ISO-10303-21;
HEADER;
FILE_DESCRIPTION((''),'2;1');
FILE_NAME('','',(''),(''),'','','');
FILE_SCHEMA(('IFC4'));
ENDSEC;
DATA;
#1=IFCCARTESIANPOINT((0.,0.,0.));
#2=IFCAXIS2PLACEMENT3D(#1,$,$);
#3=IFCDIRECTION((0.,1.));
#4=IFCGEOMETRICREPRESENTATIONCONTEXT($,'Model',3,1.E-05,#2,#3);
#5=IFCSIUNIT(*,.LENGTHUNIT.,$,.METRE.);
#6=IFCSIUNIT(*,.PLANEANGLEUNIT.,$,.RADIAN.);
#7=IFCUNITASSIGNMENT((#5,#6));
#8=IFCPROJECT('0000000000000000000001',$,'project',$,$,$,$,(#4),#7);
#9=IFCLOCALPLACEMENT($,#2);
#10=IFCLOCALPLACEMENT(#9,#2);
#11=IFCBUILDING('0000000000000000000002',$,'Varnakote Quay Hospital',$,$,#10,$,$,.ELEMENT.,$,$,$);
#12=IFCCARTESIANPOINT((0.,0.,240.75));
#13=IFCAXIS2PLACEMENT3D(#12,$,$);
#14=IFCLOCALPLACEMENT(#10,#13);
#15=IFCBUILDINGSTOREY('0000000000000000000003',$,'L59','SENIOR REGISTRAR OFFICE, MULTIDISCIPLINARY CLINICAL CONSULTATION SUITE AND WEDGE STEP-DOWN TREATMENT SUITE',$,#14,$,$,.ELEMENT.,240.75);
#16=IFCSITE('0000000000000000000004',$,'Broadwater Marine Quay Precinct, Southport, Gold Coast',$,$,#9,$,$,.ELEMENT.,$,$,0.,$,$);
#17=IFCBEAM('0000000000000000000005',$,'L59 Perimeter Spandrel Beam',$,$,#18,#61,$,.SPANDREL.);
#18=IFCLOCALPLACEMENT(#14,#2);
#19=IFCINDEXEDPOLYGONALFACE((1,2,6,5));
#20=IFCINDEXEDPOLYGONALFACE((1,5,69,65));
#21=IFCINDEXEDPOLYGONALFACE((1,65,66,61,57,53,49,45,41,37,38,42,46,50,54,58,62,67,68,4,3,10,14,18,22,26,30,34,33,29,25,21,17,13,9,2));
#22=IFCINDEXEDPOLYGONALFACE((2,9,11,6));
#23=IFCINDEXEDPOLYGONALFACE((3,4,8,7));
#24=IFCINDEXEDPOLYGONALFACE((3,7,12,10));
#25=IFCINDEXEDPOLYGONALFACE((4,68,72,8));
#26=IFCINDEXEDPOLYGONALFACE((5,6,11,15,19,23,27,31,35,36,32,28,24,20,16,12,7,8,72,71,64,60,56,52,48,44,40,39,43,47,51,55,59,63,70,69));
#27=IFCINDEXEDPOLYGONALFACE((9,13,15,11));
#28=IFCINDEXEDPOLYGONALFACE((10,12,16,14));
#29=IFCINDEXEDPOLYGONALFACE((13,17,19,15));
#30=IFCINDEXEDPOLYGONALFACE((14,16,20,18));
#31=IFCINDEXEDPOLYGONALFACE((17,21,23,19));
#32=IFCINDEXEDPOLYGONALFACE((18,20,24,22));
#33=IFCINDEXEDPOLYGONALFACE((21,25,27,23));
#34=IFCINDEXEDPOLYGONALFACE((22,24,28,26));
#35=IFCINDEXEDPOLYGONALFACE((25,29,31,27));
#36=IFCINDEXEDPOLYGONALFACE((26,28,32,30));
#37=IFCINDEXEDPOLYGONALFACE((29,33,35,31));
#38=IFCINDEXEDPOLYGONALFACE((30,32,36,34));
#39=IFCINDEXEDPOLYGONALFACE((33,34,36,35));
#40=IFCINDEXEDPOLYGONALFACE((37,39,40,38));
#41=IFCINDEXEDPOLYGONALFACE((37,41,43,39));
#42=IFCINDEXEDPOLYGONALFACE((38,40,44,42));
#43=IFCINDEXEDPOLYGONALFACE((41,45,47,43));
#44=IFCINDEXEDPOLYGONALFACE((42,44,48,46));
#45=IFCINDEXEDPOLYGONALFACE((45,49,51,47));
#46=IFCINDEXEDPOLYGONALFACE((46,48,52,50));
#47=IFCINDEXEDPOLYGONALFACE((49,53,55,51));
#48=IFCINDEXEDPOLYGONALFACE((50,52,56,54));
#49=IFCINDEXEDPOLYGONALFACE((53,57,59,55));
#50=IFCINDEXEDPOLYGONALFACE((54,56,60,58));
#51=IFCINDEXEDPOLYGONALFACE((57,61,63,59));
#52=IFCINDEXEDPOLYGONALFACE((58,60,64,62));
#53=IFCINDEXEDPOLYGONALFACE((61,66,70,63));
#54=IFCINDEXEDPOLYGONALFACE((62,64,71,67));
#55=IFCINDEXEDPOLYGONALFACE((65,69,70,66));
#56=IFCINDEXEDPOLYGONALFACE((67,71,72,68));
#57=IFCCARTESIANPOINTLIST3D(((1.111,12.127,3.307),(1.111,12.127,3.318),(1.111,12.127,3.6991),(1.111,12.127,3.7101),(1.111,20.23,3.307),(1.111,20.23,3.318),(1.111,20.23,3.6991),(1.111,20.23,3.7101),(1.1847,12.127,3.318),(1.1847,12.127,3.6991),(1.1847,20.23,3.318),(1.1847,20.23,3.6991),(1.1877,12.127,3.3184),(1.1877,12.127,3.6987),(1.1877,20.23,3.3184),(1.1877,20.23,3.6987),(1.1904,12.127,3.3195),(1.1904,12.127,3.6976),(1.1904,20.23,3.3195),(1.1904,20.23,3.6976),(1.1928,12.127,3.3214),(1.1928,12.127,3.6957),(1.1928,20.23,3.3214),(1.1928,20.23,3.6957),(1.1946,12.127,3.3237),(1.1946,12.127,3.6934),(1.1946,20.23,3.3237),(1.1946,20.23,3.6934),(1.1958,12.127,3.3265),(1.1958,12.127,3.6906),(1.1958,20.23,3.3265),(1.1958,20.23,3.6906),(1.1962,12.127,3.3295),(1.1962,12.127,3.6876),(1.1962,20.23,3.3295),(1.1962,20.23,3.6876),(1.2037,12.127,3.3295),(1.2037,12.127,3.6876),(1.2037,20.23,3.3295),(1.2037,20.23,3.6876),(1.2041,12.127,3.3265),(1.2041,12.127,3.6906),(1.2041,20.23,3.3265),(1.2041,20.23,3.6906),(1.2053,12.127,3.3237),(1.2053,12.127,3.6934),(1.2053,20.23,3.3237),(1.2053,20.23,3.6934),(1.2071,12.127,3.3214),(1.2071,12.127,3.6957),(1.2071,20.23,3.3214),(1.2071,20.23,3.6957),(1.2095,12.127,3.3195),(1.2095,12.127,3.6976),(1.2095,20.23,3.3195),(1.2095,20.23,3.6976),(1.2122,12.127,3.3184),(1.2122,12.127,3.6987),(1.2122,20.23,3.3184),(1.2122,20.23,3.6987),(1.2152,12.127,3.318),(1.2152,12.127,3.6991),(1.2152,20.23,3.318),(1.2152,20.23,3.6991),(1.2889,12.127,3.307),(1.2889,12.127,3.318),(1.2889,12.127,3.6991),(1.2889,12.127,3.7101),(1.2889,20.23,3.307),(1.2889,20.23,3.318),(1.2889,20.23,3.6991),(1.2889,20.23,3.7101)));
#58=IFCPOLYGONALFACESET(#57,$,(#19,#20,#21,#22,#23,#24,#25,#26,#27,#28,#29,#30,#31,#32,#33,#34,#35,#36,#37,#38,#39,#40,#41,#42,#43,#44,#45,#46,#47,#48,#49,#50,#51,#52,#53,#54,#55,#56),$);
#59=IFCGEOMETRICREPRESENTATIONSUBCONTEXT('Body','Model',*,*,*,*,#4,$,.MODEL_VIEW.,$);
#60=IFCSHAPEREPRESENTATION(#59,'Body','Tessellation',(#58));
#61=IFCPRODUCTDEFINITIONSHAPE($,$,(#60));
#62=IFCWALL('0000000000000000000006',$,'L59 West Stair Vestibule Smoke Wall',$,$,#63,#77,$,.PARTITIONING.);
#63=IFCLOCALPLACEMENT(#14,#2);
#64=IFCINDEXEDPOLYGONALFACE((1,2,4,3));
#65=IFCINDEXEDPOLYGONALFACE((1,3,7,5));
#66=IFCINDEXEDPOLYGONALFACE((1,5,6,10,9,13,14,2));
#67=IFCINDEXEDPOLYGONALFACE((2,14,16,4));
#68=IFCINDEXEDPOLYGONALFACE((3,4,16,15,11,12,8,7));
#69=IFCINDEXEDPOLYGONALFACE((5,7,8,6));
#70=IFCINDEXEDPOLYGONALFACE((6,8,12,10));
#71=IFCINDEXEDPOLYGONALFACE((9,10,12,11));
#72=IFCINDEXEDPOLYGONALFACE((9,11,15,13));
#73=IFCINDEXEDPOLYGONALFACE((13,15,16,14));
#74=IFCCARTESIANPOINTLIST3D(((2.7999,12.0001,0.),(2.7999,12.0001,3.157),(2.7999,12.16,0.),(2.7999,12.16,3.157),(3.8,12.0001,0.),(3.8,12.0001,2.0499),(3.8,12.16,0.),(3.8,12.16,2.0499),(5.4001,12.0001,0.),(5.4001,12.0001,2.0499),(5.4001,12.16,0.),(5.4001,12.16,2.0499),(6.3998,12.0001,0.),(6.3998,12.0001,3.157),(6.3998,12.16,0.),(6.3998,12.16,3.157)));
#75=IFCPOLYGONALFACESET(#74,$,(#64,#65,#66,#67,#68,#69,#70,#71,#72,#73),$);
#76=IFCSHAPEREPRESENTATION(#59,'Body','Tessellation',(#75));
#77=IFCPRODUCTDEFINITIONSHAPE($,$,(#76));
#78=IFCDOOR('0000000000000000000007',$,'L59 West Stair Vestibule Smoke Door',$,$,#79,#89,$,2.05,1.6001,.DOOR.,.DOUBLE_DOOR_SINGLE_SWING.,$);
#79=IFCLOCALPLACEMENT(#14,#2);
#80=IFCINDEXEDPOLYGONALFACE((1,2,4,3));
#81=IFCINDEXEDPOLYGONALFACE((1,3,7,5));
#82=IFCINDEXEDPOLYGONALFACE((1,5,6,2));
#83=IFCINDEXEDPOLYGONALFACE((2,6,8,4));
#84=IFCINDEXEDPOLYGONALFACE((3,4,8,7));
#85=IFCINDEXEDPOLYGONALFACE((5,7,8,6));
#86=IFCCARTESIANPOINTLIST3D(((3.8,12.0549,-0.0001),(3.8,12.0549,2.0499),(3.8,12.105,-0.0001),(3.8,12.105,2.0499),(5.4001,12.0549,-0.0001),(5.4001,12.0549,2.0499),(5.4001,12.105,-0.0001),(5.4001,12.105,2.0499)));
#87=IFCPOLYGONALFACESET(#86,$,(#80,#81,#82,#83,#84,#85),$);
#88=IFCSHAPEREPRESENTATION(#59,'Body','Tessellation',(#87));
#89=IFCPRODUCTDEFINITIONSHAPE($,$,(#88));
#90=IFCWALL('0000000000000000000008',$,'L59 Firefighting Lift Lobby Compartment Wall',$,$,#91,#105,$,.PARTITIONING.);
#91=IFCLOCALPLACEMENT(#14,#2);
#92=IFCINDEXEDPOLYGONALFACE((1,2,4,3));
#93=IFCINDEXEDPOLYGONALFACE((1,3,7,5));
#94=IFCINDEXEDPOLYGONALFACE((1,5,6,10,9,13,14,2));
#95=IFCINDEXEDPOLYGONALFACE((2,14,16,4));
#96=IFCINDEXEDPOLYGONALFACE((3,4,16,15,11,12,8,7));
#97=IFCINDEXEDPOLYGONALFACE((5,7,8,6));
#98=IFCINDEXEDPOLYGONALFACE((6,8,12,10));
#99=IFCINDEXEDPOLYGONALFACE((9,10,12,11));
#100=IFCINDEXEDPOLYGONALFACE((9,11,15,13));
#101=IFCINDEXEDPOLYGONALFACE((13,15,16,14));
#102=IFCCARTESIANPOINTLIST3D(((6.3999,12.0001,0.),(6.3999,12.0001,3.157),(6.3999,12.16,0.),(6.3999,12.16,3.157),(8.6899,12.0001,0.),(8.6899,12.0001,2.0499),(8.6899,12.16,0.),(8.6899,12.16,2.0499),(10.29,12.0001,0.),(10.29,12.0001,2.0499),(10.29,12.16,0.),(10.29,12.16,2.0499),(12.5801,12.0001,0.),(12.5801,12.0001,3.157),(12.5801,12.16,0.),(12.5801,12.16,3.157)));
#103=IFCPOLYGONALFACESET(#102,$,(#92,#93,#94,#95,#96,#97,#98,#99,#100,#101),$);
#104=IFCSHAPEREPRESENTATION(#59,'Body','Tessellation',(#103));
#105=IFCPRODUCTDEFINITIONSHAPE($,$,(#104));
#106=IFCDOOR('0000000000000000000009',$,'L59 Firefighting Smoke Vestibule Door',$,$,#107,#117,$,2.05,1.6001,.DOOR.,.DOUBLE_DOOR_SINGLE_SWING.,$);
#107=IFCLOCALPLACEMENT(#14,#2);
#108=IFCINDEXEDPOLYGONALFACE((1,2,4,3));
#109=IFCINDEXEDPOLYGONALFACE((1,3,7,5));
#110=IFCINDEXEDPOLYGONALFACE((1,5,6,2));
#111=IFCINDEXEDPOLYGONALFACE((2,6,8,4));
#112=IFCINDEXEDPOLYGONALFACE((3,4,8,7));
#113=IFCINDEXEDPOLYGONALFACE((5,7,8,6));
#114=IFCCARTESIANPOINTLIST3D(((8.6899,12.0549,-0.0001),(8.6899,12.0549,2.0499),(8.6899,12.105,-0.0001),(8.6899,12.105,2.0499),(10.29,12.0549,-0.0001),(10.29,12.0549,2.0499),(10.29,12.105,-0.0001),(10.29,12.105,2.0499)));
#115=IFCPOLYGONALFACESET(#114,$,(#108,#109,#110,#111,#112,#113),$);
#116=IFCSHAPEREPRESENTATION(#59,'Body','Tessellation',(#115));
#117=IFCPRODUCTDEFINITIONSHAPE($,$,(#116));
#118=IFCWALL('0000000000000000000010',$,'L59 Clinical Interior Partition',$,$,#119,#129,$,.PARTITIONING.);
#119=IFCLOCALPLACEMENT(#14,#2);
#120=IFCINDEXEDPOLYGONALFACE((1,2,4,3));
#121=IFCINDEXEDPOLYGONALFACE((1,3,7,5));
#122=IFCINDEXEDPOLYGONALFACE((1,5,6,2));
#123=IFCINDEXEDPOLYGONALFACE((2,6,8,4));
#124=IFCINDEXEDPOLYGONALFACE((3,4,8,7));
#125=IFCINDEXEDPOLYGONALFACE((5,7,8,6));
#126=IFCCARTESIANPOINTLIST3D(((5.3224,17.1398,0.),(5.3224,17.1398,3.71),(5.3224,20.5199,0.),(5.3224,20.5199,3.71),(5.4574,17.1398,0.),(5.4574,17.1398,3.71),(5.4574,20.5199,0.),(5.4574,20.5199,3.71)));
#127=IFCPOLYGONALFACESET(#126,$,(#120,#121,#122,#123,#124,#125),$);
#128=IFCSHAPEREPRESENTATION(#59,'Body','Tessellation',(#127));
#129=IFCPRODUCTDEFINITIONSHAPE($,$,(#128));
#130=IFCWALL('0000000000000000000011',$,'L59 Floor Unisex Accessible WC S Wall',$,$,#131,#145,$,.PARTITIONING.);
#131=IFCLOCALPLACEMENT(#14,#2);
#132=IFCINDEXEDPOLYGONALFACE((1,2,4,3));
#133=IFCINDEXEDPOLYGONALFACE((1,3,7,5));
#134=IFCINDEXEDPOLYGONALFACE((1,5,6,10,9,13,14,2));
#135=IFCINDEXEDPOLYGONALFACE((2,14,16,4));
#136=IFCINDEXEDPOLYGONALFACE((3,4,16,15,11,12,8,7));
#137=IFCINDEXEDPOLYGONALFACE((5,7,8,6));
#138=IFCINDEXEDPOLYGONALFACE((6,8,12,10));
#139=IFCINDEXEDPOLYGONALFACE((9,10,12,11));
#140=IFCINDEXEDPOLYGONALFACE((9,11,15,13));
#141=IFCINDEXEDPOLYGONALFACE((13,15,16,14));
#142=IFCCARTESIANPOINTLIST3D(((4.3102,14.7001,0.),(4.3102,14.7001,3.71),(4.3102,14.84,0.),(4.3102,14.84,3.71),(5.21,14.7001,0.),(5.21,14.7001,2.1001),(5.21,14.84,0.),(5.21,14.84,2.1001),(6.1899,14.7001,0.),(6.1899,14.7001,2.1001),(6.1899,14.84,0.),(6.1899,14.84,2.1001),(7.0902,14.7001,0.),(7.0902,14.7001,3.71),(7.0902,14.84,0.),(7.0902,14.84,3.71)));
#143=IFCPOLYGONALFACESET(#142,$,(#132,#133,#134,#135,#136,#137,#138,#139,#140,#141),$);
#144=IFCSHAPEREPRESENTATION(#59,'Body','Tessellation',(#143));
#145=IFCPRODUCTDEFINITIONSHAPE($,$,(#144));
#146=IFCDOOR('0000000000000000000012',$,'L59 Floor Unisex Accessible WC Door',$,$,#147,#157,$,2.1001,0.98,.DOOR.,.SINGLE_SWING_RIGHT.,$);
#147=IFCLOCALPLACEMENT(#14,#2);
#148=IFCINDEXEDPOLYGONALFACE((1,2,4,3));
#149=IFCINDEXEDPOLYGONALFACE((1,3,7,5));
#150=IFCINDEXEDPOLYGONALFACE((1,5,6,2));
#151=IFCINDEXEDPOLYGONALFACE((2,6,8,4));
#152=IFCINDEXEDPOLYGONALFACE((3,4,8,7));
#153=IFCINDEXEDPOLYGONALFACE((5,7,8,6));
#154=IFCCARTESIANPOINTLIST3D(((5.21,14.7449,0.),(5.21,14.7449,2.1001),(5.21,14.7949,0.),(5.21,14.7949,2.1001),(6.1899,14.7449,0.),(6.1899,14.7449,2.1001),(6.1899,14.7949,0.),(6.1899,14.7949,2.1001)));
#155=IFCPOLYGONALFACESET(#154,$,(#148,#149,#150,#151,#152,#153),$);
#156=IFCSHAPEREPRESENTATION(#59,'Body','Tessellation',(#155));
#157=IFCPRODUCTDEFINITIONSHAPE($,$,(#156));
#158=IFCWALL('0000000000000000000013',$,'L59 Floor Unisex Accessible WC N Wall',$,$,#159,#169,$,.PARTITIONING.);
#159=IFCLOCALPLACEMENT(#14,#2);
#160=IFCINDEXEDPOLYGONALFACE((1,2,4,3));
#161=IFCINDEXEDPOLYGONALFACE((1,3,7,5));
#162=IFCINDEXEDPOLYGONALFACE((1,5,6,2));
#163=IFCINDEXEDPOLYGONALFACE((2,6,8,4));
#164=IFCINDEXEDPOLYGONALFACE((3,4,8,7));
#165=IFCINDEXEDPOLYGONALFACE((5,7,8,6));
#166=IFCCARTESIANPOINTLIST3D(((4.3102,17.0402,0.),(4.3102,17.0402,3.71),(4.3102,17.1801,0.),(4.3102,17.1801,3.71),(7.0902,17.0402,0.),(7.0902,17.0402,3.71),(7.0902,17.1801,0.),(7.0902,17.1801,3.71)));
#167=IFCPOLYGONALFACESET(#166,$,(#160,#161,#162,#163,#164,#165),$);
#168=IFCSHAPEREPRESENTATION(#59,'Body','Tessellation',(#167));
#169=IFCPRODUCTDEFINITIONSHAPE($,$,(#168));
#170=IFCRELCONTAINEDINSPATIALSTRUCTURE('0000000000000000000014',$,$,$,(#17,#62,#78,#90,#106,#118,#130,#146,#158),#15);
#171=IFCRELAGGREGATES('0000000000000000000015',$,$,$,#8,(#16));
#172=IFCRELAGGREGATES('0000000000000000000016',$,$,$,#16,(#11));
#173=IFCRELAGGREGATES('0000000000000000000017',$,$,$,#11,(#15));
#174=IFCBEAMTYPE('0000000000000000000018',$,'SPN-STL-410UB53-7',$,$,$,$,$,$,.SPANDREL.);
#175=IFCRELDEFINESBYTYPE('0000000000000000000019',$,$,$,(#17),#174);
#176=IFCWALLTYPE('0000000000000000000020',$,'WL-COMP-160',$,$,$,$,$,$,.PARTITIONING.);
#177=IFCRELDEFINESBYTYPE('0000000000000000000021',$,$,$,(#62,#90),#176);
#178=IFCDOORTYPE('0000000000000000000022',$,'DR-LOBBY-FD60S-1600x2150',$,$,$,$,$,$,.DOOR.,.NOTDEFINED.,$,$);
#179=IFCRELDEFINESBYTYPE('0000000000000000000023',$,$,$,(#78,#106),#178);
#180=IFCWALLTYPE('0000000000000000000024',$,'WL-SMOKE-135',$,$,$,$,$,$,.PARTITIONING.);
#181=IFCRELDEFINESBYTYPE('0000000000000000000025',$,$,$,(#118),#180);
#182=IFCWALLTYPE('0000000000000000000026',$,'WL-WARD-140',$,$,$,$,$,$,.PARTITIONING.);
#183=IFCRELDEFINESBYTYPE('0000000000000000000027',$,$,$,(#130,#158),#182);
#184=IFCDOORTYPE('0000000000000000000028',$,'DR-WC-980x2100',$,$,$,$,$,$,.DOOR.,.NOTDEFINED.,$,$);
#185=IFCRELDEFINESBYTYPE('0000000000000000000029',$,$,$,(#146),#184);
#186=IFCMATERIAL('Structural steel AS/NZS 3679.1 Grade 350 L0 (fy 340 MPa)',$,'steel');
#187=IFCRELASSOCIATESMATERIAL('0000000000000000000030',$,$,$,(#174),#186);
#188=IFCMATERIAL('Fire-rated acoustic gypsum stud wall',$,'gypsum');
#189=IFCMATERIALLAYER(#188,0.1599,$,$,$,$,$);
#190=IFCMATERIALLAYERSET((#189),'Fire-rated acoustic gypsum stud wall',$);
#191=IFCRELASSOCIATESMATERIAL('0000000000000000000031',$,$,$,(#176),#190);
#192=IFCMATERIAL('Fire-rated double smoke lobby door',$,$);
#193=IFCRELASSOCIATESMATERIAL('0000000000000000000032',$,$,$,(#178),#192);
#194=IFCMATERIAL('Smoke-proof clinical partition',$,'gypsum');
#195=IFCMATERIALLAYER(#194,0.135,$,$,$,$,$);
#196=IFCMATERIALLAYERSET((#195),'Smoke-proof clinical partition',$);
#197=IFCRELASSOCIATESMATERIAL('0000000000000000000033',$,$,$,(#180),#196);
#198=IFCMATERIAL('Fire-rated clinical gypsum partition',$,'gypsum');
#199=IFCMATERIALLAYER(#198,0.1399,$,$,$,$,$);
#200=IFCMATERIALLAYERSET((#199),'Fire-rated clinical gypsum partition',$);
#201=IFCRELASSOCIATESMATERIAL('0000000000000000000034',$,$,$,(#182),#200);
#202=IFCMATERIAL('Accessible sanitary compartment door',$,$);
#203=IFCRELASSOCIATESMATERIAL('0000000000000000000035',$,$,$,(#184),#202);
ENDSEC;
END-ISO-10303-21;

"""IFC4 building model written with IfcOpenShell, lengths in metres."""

from ifc_helpers import new_model, si_unit, direction, frame, frame_2d, origin, origin_2d, place, context, subcontext, project, spatial, rectangle, i_section, extrude, material, layer, layer_set, material_profile, profile_set, type_object, element, fill, save


model = new_model("IFC4")

# Units and contexts
model_context = context("Model", 3, precision=1e-05, world=origin(), true_north=direction((0.0, 1.0)))
body_context = subcontext(model_context, "Body", "Model", "MODEL_VIEW")
ifc_project = project(units=[si_unit("LENGTHUNIT", "METRE"), si_unit("PLANEANGLEUNIT", "RADIAN")], contexts=[model_context])

# Site, building, storey
site_placement = place(None, origin())
site = spatial("IfcSite", under=ifc_project, at=site_placement, Name="Broadwater Marine Quay Precinct, Southport, Gold Coast", CompositionType="ELEMENT", RefElevation=0.0)
building_placement = place(site_placement, origin())
building = spatial("IfcBuilding", under=site, at=building_placement, Name="Varnakote Quay Hospital", CompositionType="ELEMENT")
storey_placement = place(building_placement, frame((0.0, 0.0, 240.75)))
storey = spatial("IfcBuildingStorey", under=building, at=storey_placement, Name="L59", Description="SENIOR REGISTRAR OFFICE, MULTIDISCIPLINARY CLINICAL CONSULTATION SUITE AND WEDGE STEP-DOWN TREATMENT SUITE", CompositionType="ELEMENT", Elevation=240.75)

# Beam
ifc_material_1 = material(Name="Structural steel AS/NZS 3679.1 Grade 350 L0 (fy 340 MPa)", Category="steel")
ifc_material_profile_1 = material_profile(ifc_material_1, i_section(OverallWidth=0.178, OverallDepth=0.4031, WebThickness=0.0076, FlangeThickness=0.011, FilletRadius=0.0115, at=origin_2d()), Name="410UB53.7")
ifc_profile_set_1 = profile_set([ifc_material_profile_1], Name="Structural steel AS/NZS 3679.1 Grade 350 L0 (fy 340 MPa)")
beam_type_1 = type_object("IfcBeamType", Name="SPN-STL-410UB53-7", PredefinedType="SPANDREL", material=ifc_profile_set_1)
beam_1_placement = place(storey_placement, frame((1.2, 12.127, 3.5085), z_axis=(0.0, 1.0, 0.0), x_axis=(-1.0, 0.0, 0.0)))
element("IfcBeam", 1, at=beam_1_placement, inside=storey, type_object=beam_type_1, Name="L59 Perimeter Spandrel Beam", PredefinedType="SPANDREL", context=body_context, shape_type="SweptSolid", body=[
    extrude(i_section(OverallWidth=0.178, OverallDepth=0.4031, WebThickness=0.0076, FlangeThickness=0.011, FilletRadius=0.0115, at=origin_2d()), origin(), (0.0, 0.0, 1.0), 8.103),
])

# Walls, openings, doors
ifc_material_2 = material(Name="Fire-rated acoustic gypsum stud wall", Category="gypsum")
ifc_layer_1 = layer(ifc_material_2, 0.1599)
ifc_layer_set_1 = layer_set([ifc_layer_1], Name="Fire-rated acoustic gypsum stud wall")
wall_type_1 = type_object("IfcWallType", Name="WL-COMP-160", PredefinedType="PARTITIONING", material=ifc_layer_set_1)
wall_1_placement = place(storey_placement, frame((2.8, 12.0801, 0.0), z_axis=(0.0, 0.0, 1.0), x_axis=(1.0, 0.0, 0.0)))
wall_1 = element("IfcWall", 2, at=wall_1_placement, inside=storey, type_object=wall_type_1, Name="L59 West Stair Vestibule Smoke Wall", PredefinedType="PARTITIONING", context=body_context, shape_type="SweptSolid", body=[
    extrude(rectangle(XDim=3.5999, YDim=0.1599, at=frame_2d((1.7998, 0.0))), origin(), (0.0, 0.0, 1.0), 3.157),
])
opening_1_placement = place(wall_1_placement, frame((1.0, 0.0, 0.0)))
opening_1 = element("IfcOpeningElement", 3, at=opening_1_placement, cuts=wall_1, PredefinedType="OPENING", context=body_context, shape_type="SweptSolid", body=[
    extrude(rectangle(XDim=1.6001, YDim=2.05, at=frame_2d((0.8, 1.0249))), frame((0.0, 0.0898, 0.0), z_axis=(0.0, -1.0, 0.0), x_axis=(1.0, 0.0, 0.0)), (0.0, 0.0, 1.0), 0.1799),
])
ifc_material_3 = material(Name="Fire-rated double smoke lobby door")
door_type_1 = type_object("IfcDoorType", Name="DR-LOBBY-FD60S-1600x2150", OperationType="NOTDEFINED", PredefinedType="DOOR", material=ifc_material_3)
door_1_placement = place(opening_1_placement, origin())
door_1 = element("IfcDoor", 4, at=door_1_placement, inside=storey, type_object=door_type_1, Name="L59 West Stair Vestibule Smoke Door", OperationType="DOUBLE_DOOR_SINGLE_SWING", OverallHeight=2.05, OverallWidth=1.6001, PredefinedType="DOOR", context=body_context, shape_type="SweptSolid", body=[
    extrude(rectangle(XDim=1.6001, YDim=2.05, at=frame_2d((0.8, 1.0249))), frame((0.0, 0.0249, 0.0), z_axis=(0.0, -1.0, 0.0), x_axis=(1.0, 0.0, 0.0)), (0.0, 0.0, 1.0), 0.05),
])
fill(opening_1, door_1)
wall_2_placement = place(storey_placement, frame((6.3999, 12.0801, 0.0), z_axis=(0.0, 0.0, 1.0), x_axis=(1.0, 0.0, 0.0)))
wall_2 = element("IfcWall", 5, at=wall_2_placement, inside=storey, type_object=wall_type_1, Name="L59 Firefighting Lift Lobby Compartment Wall", PredefinedType="PARTITIONING", context=body_context, shape_type="SweptSolid", body=[
    extrude(rectangle(XDim=6.1802, YDim=0.1599, at=frame_2d((3.0901, 0.0))), origin(), (0.0, 0.0, 1.0), 3.157),
])
opening_2_placement = place(wall_2_placement, frame((2.29, 0.0, 0.0)))
opening_2 = element("IfcOpeningElement", 6, at=opening_2_placement, cuts=wall_2, PredefinedType="OPENING", context=body_context, shape_type="SweptSolid", body=[
    extrude(rectangle(XDim=1.6001, YDim=2.05, at=frame_2d((0.8, 1.0249))), frame((0.0, 0.0898, 0.0), z_axis=(0.0, -1.0, 0.0), x_axis=(1.0, 0.0, 0.0)), (0.0, 0.0, 1.0), 0.1799),
])
door_2_placement = place(opening_2_placement, origin())
door_2 = element("IfcDoor", 7, at=door_2_placement, inside=storey, type_object=door_type_1, Name="L59 Firefighting Smoke Vestibule Door", OperationType="DOUBLE_DOOR_SINGLE_SWING", OverallHeight=2.05, OverallWidth=1.6001, PredefinedType="DOOR", context=body_context, shape_type="SweptSolid", body=[
    extrude(rectangle(XDim=1.6001, YDim=2.05, at=frame_2d((0.8, 1.0249))), frame((0.0, 0.0249, 0.0), z_axis=(0.0, -1.0, 0.0), x_axis=(1.0, 0.0, 0.0)), (0.0, 0.0, 1.0), 0.05),
])
fill(opening_2, door_2)

# Wall
ifc_material_4 = material(Name="Smoke-proof clinical partition", Category="gypsum")
ifc_layer_2 = layer(ifc_material_4, 0.135)
ifc_layer_set_2 = layer_set([ifc_layer_2], Name="Smoke-proof clinical partition")
wall_type_2 = type_object("IfcWallType", Name="WL-SMOKE-135", PredefinedType="PARTITIONING", material=ifc_layer_set_2)
wall_3_placement = place(storey_placement, frame((5.3899, 17.1399, 0.0), z_axis=(0.0, 0.0, 1.0), x_axis=(0.0, 1.0, 0.0)))
element("IfcWall", 8, at=wall_3_placement, inside=storey, type_object=wall_type_2, Name="L59 Clinical Interior Partition", PredefinedType="PARTITIONING", context=body_context, shape_type="SweptSolid", body=[
    extrude(rectangle(XDim=3.3801, YDim=0.135, at=frame_2d((1.6899, 0.0))), origin(), (0.0, 0.0, 1.0), 3.71),
])

# Wall, opening, door
ifc_material_5 = material(Name="Fire-rated clinical gypsum partition", Category="gypsum")
ifc_layer_3 = layer(ifc_material_5, 0.1399)
ifc_layer_set_3 = layer_set([ifc_layer_3], Name="Fire-rated clinical gypsum partition")
wall_type_3 = type_object("IfcWallType", Name="WL-WARD-140", PredefinedType="PARTITIONING", material=ifc_layer_set_3)
wall_4_placement = place(storey_placement, frame((4.3101, 14.77, 0.0), z_axis=(0.0, 0.0, 1.0), x_axis=(1.0, 0.0, 0.0)))
wall_4 = element("IfcWall", 9, at=wall_4_placement, inside=storey, type_object=wall_type_3, Name="L59 Floor Unisex Accessible WC S Wall", PredefinedType="PARTITIONING", context=body_context, shape_type="SweptSolid", body=[
    extrude(rectangle(XDim=2.78, YDim=0.1399, at=frame_2d((1.3901, 0.0))), origin(), (0.0, 0.0, 1.0), 3.71),
])
opening_3_placement = place(wall_4_placement, frame((0.8999, 0.0, 0.0)))
opening_3 = element("IfcOpeningElement", 10, at=opening_3_placement, cuts=wall_4, PredefinedType="OPENING", context=body_context, shape_type="SweptSolid", body=[
    extrude(rectangle(XDim=0.98, YDim=2.1001, at=frame_2d((0.49, 1.05))), frame((0.0, 0.0798, 0.0), z_axis=(0.0, -1.0, 0.0), x_axis=(1.0, 0.0, 0.0)), (0.0, 0.0, 1.0), 0.1599),
])
ifc_material_6 = material(Name="Accessible sanitary compartment door")
door_type_2 = type_object("IfcDoorType", Name="DR-WC-980x2100", OperationType="NOTDEFINED", PredefinedType="DOOR", material=ifc_material_6)
door_3_placement = place(opening_3_placement, origin())
door_3 = element("IfcDoor", 11, at=door_3_placement, inside=storey, type_object=door_type_2, Name="L59 Floor Unisex Accessible WC Door", OperationType="SINGLE_SWING_RIGHT", OverallHeight=2.1001, OverallWidth=0.98, PredefinedType="DOOR", context=body_context, shape_type="SweptSolid", body=[
    extrude(rectangle(XDim=0.98, YDim=2.1001, at=frame_2d((0.49, 1.05))), frame((0.0, 0.0249, 0.0), z_axis=(0.0, -1.0, 0.0), x_axis=(1.0, 0.0, 0.0)), (0.0, 0.0, 1.0), 0.05),
])
fill(opening_3, door_3)

# Wall
wall_5_placement = place(storey_placement, frame((4.3101, 17.1101, 0.0), z_axis=(0.0, 0.0, 1.0), x_axis=(1.0, 0.0, 0.0)))
element("IfcWall", 12, at=wall_5_placement, inside=storey, type_object=wall_type_3, Name="L59 Floor Unisex Accessible WC N Wall", PredefinedType="PARTITIONING", context=body_context, shape_type="SweptSolid", body=[
    extrude(rectangle(XDim=2.78, YDim=0.1399, at=frame_2d((1.3901, 0.0))), origin(), (0.0, 0.0, 1.0), 3.71),
])

save(model, "model.ifc")
